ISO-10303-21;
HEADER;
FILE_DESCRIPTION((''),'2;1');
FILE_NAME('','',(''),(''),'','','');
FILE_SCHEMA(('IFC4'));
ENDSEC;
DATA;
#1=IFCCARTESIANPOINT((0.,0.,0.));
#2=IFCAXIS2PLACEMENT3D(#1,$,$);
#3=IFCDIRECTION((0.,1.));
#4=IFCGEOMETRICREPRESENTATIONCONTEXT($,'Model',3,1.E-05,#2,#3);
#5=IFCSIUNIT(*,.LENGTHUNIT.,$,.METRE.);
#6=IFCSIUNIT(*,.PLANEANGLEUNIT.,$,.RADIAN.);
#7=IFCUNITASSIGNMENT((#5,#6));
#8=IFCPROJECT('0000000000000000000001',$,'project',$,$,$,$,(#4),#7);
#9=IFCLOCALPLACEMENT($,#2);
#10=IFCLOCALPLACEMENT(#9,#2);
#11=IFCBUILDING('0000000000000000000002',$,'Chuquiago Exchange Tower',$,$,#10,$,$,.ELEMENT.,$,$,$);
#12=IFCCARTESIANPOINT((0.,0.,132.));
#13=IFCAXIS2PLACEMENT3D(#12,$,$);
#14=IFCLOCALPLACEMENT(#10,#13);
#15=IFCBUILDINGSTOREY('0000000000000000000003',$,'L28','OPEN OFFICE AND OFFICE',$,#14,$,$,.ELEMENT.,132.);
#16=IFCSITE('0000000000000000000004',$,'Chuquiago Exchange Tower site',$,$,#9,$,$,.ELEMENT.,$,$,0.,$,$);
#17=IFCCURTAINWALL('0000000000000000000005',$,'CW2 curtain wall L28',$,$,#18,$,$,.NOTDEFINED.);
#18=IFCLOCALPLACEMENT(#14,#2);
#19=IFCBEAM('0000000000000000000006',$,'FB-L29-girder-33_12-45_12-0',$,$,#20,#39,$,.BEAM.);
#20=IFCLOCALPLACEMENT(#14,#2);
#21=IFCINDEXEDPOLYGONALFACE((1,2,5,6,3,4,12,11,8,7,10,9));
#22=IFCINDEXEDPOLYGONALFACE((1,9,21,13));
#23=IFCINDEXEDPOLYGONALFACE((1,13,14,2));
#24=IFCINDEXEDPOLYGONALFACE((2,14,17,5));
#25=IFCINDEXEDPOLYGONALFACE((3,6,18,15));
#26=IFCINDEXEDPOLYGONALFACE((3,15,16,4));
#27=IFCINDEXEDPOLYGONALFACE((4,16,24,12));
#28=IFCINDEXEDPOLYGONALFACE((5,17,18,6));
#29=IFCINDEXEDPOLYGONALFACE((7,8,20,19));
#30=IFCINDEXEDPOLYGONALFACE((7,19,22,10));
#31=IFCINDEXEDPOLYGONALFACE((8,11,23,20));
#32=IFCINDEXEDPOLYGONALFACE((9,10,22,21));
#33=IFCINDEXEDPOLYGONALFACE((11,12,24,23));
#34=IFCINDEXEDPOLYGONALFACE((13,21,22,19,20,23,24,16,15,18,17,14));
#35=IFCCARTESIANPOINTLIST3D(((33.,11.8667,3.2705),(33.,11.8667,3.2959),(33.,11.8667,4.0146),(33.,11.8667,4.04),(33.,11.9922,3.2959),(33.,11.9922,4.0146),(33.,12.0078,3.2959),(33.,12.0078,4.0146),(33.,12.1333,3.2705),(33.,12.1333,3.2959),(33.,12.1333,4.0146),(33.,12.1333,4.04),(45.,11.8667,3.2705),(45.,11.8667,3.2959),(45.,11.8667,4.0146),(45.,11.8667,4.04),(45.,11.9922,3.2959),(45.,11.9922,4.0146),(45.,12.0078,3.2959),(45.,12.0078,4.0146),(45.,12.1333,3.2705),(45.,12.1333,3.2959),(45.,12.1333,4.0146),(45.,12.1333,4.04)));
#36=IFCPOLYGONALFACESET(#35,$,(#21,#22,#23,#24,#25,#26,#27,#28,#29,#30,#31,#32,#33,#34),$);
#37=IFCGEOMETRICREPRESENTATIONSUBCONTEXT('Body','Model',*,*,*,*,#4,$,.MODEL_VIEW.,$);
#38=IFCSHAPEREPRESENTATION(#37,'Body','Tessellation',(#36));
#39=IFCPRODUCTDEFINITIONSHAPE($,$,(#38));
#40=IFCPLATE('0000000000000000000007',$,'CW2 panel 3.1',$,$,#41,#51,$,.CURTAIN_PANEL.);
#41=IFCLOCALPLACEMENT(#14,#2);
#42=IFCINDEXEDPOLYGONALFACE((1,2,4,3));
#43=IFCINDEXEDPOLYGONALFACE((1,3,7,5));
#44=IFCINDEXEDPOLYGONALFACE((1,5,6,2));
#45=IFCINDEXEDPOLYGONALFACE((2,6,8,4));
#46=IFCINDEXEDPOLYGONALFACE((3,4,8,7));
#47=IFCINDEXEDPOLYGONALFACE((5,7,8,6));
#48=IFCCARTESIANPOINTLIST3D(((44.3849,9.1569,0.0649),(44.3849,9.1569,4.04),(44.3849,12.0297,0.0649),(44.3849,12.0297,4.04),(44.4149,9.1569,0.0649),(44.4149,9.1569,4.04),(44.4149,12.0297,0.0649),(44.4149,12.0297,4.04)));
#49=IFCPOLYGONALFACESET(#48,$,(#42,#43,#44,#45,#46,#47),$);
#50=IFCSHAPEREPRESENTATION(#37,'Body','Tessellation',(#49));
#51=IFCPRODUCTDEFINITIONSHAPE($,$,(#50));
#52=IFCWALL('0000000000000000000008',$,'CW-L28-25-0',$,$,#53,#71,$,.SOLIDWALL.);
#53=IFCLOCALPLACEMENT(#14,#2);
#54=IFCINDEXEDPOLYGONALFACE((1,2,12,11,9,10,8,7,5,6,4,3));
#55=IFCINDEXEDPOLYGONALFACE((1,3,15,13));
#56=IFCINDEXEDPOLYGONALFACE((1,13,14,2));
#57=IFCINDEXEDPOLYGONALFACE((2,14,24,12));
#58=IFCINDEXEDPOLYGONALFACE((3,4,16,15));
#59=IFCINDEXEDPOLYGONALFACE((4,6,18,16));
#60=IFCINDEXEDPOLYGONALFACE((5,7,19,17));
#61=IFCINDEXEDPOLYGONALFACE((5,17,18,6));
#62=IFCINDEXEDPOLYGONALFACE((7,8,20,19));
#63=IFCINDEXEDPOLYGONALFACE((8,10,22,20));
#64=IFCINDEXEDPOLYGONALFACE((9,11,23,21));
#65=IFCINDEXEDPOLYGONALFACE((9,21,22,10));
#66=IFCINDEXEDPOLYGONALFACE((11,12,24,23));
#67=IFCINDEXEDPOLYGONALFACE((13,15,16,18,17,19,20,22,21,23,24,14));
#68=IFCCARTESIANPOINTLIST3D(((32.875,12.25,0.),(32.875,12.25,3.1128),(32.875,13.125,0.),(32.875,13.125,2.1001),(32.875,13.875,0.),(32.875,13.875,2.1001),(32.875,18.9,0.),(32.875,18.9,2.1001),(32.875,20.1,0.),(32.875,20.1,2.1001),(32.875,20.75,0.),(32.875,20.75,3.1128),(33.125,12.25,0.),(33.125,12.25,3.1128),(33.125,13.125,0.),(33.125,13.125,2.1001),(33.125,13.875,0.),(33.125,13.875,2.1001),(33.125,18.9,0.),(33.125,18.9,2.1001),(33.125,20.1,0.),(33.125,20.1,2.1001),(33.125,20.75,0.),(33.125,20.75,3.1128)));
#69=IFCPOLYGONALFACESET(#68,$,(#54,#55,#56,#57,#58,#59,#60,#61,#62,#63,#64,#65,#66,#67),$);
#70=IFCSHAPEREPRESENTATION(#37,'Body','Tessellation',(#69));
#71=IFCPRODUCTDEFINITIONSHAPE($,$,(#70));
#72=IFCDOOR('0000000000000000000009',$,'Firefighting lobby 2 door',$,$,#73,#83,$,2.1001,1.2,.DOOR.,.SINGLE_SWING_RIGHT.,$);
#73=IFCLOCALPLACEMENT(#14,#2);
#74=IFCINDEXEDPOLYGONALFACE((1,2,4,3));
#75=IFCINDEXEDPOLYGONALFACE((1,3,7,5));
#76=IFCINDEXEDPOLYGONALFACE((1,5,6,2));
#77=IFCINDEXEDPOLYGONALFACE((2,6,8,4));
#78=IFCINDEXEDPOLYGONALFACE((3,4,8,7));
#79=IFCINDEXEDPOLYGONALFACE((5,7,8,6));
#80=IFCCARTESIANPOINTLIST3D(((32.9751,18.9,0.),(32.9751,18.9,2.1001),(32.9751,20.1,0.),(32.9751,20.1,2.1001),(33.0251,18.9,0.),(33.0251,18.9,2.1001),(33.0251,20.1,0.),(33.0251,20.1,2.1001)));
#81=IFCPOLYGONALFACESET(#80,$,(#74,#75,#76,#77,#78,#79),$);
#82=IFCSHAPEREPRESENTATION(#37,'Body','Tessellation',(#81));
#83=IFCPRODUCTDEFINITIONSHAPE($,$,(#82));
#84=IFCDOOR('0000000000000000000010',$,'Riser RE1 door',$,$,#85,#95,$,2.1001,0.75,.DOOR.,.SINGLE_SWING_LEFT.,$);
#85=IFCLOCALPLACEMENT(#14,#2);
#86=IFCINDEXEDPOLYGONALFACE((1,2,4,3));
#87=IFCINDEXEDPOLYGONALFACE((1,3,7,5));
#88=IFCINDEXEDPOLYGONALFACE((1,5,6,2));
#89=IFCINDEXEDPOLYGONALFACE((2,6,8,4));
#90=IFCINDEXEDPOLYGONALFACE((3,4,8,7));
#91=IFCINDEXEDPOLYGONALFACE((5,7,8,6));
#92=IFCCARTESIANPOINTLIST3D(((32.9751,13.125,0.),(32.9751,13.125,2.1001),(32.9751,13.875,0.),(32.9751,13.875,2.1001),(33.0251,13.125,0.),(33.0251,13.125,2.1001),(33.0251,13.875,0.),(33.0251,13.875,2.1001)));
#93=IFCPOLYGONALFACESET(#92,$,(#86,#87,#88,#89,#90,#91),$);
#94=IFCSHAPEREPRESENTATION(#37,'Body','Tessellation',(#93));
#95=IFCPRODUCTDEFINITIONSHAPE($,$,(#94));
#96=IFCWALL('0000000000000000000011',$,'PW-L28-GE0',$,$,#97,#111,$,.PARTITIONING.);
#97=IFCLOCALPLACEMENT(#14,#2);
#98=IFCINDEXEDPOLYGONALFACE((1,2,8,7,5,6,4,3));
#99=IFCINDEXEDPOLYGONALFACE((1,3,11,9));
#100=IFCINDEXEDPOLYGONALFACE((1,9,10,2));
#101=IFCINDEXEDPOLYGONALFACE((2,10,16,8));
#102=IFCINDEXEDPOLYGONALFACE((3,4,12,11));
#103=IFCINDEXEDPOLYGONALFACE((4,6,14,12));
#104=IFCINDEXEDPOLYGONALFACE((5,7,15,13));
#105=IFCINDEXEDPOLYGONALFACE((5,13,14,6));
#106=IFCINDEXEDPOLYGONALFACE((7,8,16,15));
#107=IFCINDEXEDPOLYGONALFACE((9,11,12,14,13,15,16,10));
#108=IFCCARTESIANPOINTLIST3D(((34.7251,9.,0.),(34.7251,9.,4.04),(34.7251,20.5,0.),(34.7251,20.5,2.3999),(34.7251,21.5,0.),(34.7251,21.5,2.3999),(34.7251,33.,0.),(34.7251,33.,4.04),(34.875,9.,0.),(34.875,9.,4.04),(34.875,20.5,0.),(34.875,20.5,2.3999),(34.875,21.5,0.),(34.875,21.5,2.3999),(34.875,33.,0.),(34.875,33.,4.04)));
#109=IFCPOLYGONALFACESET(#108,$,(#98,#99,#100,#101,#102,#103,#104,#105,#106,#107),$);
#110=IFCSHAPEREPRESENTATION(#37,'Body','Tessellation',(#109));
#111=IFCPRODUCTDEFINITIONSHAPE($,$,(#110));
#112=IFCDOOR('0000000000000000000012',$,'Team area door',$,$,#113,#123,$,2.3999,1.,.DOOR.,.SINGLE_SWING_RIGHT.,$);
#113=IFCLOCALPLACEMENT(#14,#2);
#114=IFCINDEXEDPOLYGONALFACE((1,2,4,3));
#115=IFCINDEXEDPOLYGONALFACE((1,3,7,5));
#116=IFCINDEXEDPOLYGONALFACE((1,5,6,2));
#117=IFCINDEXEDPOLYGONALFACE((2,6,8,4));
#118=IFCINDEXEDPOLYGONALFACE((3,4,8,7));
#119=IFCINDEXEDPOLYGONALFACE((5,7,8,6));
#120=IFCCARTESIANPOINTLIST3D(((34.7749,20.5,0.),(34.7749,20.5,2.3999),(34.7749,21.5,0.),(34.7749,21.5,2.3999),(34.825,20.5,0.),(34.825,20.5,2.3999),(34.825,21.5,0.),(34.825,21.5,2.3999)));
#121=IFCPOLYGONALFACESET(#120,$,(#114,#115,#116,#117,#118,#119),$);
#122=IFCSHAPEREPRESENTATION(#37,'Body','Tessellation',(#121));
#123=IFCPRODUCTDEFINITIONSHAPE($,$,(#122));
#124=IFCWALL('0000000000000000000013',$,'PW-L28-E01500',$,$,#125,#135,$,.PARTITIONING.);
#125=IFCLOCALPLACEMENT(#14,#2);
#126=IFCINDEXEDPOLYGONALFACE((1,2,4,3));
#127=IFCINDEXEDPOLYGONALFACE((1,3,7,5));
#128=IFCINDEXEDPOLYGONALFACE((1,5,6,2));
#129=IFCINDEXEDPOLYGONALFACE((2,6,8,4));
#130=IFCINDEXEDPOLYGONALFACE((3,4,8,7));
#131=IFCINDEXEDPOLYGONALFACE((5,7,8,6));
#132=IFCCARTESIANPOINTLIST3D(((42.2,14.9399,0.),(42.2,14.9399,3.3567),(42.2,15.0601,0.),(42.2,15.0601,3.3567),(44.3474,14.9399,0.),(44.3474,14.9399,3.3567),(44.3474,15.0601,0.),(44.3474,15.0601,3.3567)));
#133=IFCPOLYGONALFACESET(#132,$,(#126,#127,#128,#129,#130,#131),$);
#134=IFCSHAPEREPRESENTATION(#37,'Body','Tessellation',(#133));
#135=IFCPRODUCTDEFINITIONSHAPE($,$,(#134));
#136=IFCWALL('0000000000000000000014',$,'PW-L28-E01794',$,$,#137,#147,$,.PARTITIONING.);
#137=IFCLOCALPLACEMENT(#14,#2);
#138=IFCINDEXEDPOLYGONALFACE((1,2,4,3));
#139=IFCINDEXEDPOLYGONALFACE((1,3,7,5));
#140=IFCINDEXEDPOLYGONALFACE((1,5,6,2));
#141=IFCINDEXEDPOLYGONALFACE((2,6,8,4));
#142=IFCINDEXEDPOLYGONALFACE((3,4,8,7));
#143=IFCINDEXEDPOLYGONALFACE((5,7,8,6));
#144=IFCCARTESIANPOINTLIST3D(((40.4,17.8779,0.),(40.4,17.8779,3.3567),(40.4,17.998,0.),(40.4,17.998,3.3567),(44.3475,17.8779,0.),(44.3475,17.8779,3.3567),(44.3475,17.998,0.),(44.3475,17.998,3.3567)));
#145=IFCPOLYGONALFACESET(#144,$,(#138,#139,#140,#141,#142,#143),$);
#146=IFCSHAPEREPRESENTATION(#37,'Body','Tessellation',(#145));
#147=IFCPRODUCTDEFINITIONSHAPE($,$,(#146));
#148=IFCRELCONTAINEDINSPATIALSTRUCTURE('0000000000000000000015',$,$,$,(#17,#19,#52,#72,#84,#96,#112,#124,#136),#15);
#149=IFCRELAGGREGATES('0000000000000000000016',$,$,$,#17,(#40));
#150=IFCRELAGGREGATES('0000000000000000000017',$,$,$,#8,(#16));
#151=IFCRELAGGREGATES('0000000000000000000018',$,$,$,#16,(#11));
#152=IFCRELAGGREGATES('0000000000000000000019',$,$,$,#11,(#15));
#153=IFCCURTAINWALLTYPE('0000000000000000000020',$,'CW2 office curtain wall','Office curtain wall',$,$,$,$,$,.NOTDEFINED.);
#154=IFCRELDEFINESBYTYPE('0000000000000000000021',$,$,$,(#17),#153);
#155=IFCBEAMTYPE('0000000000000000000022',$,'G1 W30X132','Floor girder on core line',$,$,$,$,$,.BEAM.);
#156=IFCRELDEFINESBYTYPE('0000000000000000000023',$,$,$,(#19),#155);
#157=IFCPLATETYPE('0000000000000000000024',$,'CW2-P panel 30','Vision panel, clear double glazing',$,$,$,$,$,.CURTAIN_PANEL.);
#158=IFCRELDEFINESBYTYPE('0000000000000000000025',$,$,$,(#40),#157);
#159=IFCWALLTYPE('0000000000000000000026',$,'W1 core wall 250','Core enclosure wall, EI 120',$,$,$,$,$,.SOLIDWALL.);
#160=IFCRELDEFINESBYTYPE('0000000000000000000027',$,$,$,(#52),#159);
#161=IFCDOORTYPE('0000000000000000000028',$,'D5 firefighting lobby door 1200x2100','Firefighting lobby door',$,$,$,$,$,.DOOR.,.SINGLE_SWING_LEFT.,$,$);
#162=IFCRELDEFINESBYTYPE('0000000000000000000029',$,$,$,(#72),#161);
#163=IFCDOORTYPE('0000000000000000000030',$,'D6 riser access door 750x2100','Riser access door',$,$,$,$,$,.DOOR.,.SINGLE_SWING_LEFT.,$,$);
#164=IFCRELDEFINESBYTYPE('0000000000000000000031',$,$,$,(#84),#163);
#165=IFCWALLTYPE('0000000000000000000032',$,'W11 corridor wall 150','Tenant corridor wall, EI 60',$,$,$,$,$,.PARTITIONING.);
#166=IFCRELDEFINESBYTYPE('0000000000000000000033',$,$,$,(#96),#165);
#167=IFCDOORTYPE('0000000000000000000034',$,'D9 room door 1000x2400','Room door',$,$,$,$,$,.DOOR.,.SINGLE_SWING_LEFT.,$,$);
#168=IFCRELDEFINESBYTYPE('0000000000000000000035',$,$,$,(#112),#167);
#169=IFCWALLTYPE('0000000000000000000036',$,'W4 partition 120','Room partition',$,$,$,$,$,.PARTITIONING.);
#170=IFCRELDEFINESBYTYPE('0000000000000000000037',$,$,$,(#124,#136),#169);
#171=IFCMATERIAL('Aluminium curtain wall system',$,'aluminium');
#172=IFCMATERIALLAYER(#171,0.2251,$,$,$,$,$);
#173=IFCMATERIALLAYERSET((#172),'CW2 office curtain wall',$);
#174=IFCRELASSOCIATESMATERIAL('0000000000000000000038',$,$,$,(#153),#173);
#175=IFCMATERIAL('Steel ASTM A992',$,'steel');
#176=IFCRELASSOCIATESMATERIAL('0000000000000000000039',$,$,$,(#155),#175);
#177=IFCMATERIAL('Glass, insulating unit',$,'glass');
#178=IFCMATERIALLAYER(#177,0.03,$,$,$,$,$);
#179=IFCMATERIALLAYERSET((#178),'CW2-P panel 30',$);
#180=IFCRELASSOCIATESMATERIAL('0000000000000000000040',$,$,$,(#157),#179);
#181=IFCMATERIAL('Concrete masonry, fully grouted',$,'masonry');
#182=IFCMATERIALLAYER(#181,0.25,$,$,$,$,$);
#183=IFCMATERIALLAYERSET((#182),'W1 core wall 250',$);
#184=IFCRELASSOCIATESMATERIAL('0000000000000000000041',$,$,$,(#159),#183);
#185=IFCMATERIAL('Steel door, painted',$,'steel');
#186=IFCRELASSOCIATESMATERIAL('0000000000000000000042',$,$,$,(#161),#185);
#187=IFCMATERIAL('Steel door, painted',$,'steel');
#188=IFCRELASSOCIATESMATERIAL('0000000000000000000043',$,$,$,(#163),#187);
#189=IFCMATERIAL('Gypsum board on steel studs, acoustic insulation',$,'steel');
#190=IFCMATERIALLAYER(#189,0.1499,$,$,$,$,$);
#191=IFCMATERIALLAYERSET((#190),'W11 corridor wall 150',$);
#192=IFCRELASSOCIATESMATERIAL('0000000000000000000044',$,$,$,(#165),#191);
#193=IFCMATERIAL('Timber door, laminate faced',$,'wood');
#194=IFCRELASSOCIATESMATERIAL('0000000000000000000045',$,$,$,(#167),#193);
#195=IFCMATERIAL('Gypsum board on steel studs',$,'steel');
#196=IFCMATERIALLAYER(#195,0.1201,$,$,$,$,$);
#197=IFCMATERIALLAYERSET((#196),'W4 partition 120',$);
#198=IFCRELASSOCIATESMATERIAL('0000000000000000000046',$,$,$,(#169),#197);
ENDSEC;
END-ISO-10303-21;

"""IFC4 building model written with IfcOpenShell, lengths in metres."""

from ifc_helpers import new_model, si_unit, direction, frame, frame_2d, origin, origin_2d, place, context, subcontext, project, spatial, rectangle, i_section, extrude, material, layer, layer_set, material_profile, profile_set, type_object, element, fill, aggregate, save


model = new_model("IFC4")

# Units and contexts
model_context = context("Model", 3, precision=1e-05, world=origin(), true_north=direction((0.0, 1.0)))
body_context = subcontext(model_context, "Body", "Model", "MODEL_VIEW")
ifc_project = project(units=[si_unit("LENGTHUNIT", "METRE"), si_unit("PLANEANGLEUNIT", "RADIAN")], contexts=[model_context])

# Site, building, storey
site_placement = place(None, origin())
site = spatial("IfcSite", under=ifc_project, at=site_placement, Name="Chuquiago Exchange Tower site", CompositionType="ELEMENT", RefElevation=0.0)
building_placement = place(site_placement, origin())
building = spatial("IfcBuilding", under=site, at=building_placement, Name="Chuquiago Exchange Tower", CompositionType="ELEMENT")
storey_placement = place(building_placement, frame((0.0, 0.0, 132.0)))
storey = spatial("IfcBuildingStorey", under=building, at=storey_placement, Name="L28", Description="OPEN OFFICE AND OFFICE", CompositionType="ELEMENT", Elevation=132.0)

# Curtain wall
ifc_material_1 = material(Name="Aluminium curtain wall system", Category="aluminium")
ifc_layer_1 = layer(ifc_material_1, 0.2251)
ifc_layer_set_1 = layer_set([ifc_layer_1], Name="CW2 office curtain wall")
curtain_wall_type = type_object("IfcCurtainWallType", Name="CW2 office curtain wall", Description="Office curtain wall", PredefinedType="NOTDEFINED", material=ifc_layer_set_1)
curtain_wall_placement = place(storey_placement, origin())
curtain_wall = element("IfcCurtainWall", 1, at=curtain_wall_placement, inside=storey, type_object=curtain_wall_type, Name="CW2 curtain wall L28", PredefinedType="NOTDEFINED")

# Beam
ifc_material_2 = material(Name="Steel ASTM A992", Category="steel")
ifc_material_profile_1 = material_profile(ifc_material_2, i_section(OverallWidth=0.2666, OverallDepth=0.7695, WebThickness=0.0156, FlangeThickness=0.0254, at=origin_2d()), Name="W30X132")
ifc_profile_set_1 = profile_set([ifc_material_profile_1], Name="Steel ASTM A992")
beam_type_1 = type_object("IfcBeamType", Name="G1 W30X132", Description="Floor girder on core line", PredefinedType="BEAM", material=ifc_profile_set_1)
for number, where, z_axis, x_axis, name in (
    (2, (33.0, 12.0, 3.6553), (1.0, 0.0, 0.0), (0.0, 1.0, 0.0), "FB-L29-girder-33_12-45_12-0"),
):
    element("IfcBeam", number, at=place(storey_placement, frame(where, z_axis=z_axis, x_axis=x_axis)), inside=storey, type_object=beam_type_1, Name=name, PredefinedType="BEAM", context=body_context, shape_type="SweptSolid", body=[
        extrude(i_section(OverallWidth=0.2666, OverallDepth=0.7695, WebThickness=0.0156, FlangeThickness=0.0254, at=origin_2d()), origin(), (0.0, 0.0, 1.0), 12.0),
    ])

# Plate
ifc_material_3 = material(Name="Glass, insulating unit", Category="glass")
ifc_layer_2 = layer(ifc_material_3, 0.03)
ifc_layer_set_2 = layer_set([ifc_layer_2], Name="CW2-P panel 30")
plate_type = type_object("IfcPlateType", Name="CW2-P panel 30", Description="Vision panel, clear double glazing", PredefinedType="CURTAIN_PANEL", material=ifc_layer_set_2)
plate_placement = place(storey_placement, frame((44.3999, 10.5933, 0.0649), z_axis=(0.0, 0.0, 1.0), x_axis=(0.0, 1.0, 0.0)))
plate = element("IfcPlate", 3, at=plate_placement, type_object=plate_type, Name="CW2 panel 3.1", PredefinedType="CURTAIN_PANEL", context=body_context, shape_type="SweptSolid", body=[
    extrude(rectangle(XDim=2.8728, YDim=0.03, at=origin_2d()), origin(), (0.0, 0.0, 1.0), 3.9751),
])
aggregate(curtain_wall, [plate])

# Wall, openings, doors
ifc_material_4 = material(Name="Concrete masonry, fully grouted", Category="masonry")
ifc_layer_3 = layer(ifc_material_4, 0.25)
ifc_layer_set_3 = layer_set([ifc_layer_3], Name="W1 core wall 250")
wall_type_1 = type_object("IfcWallType", Name="W1 core wall 250", Description="Core enclosure wall, EI 120", PredefinedType="SOLIDWALL", material=ifc_layer_set_3)
wall_1_placement = place(storey_placement, frame((33.0, 12.25, 0.0), z_axis=(0.0, 0.0, 1.0), x_axis=(0.0, 1.0, 0.0)))
wall_1 = element("IfcWall", 4, at=wall_1_placement, inside=storey, type_object=wall_type_1, Name="CW-L28-25-0", PredefinedType="SOLIDWALL", context=body_context, shape_type="SweptSolid", body=[
    extrude(rectangle(XDim=8.5, YDim=0.25, at=frame_2d((4.25, 0.0))), origin(), (0.0, 0.0, 1.0), 3.1128),
])
opening_1_placement = place(wall_1_placement, frame((6.6499, 0.0, 0.0)))
opening_1 = element("IfcOpeningElement", 5, at=opening_1_placement, cuts=wall_1, PredefinedType="OPENING", context=body_context, shape_type="SweptSolid", body=[
    extrude(rectangle(XDim=1.2, YDim=2.1001, at=frame_2d((0.6001, 1.05))), frame((0.0, 0.135, 0.0), z_axis=(0.0, -1.0, 0.0), x_axis=(1.0, 0.0, 0.0)), (0.0, 0.0, 1.0), 0.27),
])
opening_2_placement = place(wall_1_placement, frame((0.875, 0.0, 0.0)))
opening_2 = element("IfcOpeningElement", 6, at=opening_2_placement, cuts=wall_1, PredefinedType="OPENING", context=body_context, shape_type="SweptSolid", body=[
    extrude(rectangle(XDim=0.75, YDim=2.1001, at=frame_2d((0.375, 1.05))), frame((0.0, 0.135, 0.0), z_axis=(0.0, -1.0, 0.0), x_axis=(1.0, 0.0, 0.0)), (0.0, 0.0, 1.0), 0.27),
])
ifc_material_5 = material(Name="Steel door, painted", Category="steel")
door_type_1 = type_object("IfcDoorType", Name="D5 firefighting lobby door 1200x2100", Description="Firefighting lobby door", OperationType="SINGLE_SWING_LEFT", PredefinedType="DOOR", material=ifc_material_5)
door_1_placement = place(opening_1_placement, origin())
door_1 = element("IfcDoor", 7, at=door_1_placement, inside=storey, type_object=door_type_1, Name="Firefighting lobby 2 door", OperationType="SINGLE_SWING_RIGHT", OverallHeight=2.1001, OverallWidth=1.2, PredefinedType="DOOR", context=body_context, shape_type="SweptSolid", body=[
    extrude(rectangle(XDim=1.2, YDim=2.1001, at=frame_2d((0.6001, 1.05))), frame((0.0, 0.0249, 0.0), z_axis=(0.0, -1.0, 0.0), x_axis=(1.0, 0.0, 0.0)), (0.0, 0.0, 1.0), 0.05),
])
fill(opening_1, door_1)
ifc_material_6 = material(Name="Steel door, painted", Category="steel")
door_type_2 = type_object("IfcDoorType", Name="D6 riser access door 750x2100", Description="Riser access door", OperationType="SINGLE_SWING_LEFT", PredefinedType="DOOR", material=ifc_material_6)
door_2_placement = place(opening_2_placement, origin())
door_2 = element("IfcDoor", 8, at=door_2_placement, inside=storey, type_object=door_type_2, Name="Riser RE1 door", OperationType="SINGLE_SWING_LEFT", OverallHeight=2.1001, OverallWidth=0.75, PredefinedType="DOOR", context=body_context, shape_type="SweptSolid", body=[
    extrude(rectangle(XDim=0.75, YDim=2.1001, at=frame_2d((0.375, 1.05))), frame((0.0, 0.0249, 0.0), z_axis=(0.0, -1.0, 0.0), x_axis=(1.0, 0.0, 0.0)), (0.0, 0.0, 1.0), 0.05),
])
fill(opening_2, door_2)

# Wall, opening, door
ifc_material_7 = material(Name="Gypsum board on steel studs, acoustic insulation", Category="steel")
ifc_layer_4 = layer(ifc_material_7, 0.1499)
ifc_layer_set_4 = layer_set([ifc_layer_4], Name="W11 corridor wall 150")
wall_type_2 = type_object("IfcWallType", Name="W11 corridor wall 150", Description="Tenant corridor wall, EI 60", PredefinedType="PARTITIONING", material=ifc_layer_set_4)
wall_2_placement = place(storey_placement, frame((34.8, 9.0, 0.0), z_axis=(0.0, 0.0, 1.0), x_axis=(0.0, 1.0, 0.0)))
wall_2 = element("IfcWall", 9, at=wall_2_placement, inside=storey, type_object=wall_type_2, Name="PW-L28-GE0", PredefinedType="PARTITIONING", context=body_context, shape_type="SweptSolid", body=[
    extrude(rectangle(XDim=24.0, YDim=0.1499, at=frame_2d((12.0, 0.0))), origin(), (0.0, 0.0, 1.0), 4.04),
])
opening_3_placement = place(wall_2_placement, frame((11.5, 0.0, 0.0)))
opening_3 = element("IfcOpeningElement", 10, at=opening_3_placement, cuts=wall_2, PredefinedType="OPENING", context=body_context, shape_type="SweptSolid", body=[
    extrude(rectangle(XDim=1.0, YDim=2.3999, at=frame_2d((0.5, 1.2))), frame((0.0, 0.085, 0.0), z_axis=(0.0, -1.0, 0.0), x_axis=(1.0, 0.0, 0.0)), (0.0, 0.0, 1.0), 0.1699),
])
ifc_material_8 = material(Name="Timber door, laminate faced", Category="wood")
door_type_3 = type_object("IfcDoorType", Name="D9 room door 1000x2400", Description="Room door", OperationType="SINGLE_SWING_LEFT", PredefinedType="DOOR", material=ifc_material_8)
door_3_placement = place(opening_3_placement, frame((1.0, 0.0, 0.0), z_axis=(0.0, 0.0, 1.0), x_axis=(-1.0, 0.0, 0.0)))
door_3 = element("IfcDoor", 11, at=door_3_placement, inside=storey, type_object=door_type_3, Name="Team area door", OperationType="SINGLE_SWING_RIGHT", OverallHeight=2.3999, OverallWidth=1.0, PredefinedType="DOOR", context=body_context, shape_type="SweptSolid", body=[
    extrude(rectangle(XDim=1.0, YDim=2.3999, at=frame_2d((0.5, 1.2))), frame((0.0, 0.0249, 0.0), z_axis=(0.0, -1.0, 0.0), x_axis=(1.0, 0.0, 0.0)), (0.0, 0.0, 1.0), 0.05),
])
fill(opening_3, door_3)

# Walls
ifc_material_9 = material(Name="Gypsum board on steel studs", Category="steel")
ifc_layer_5 = layer(ifc_material_9, 0.1201)
ifc_layer_set_5 = layer_set([ifc_layer_5], Name="W4 partition 120")
wall_type_3 = type_object("IfcWallType", Name="W4 partition 120", Description="Room partition", PredefinedType="PARTITIONING", material=ifc_layer_set_5)
wall_3_placement = place(storey_placement, frame((44.3474, 15.0, 0.0), z_axis=(0.0, 0.0, 1.0), x_axis=(-1.0, 0.0, 0.0)))
element("IfcWall", 12, at=wall_3_placement, inside=storey, type_object=wall_type_3, Name="PW-L28-E01500", PredefinedType="PARTITIONING", context=body_context, shape_type="SweptSolid", body=[
    extrude(rectangle(XDim=2.1475, YDim=0.1201, at=frame_2d((1.0737, 0.0))), origin(), (0.0, 0.0, 1.0), 3.3567),
])
wall_4_placement = place(storey_placement, frame((44.3474, 17.938, 0.0), z_axis=(0.0, 0.0, 1.0), x_axis=(-1.0, 0.0, 0.0)))
element("IfcWall", 13, at=wall_4_placement, inside=storey, type_object=wall_type_3, Name="PW-L28-E01794", PredefinedType="PARTITIONING", context=body_context, shape_type="SweptSolid", body=[
    extrude(rectangle(XDim=3.9475, YDim=0.1201, at=frame_2d((1.9736, 0.0))), origin(), (0.0, 0.0, 1.0), 3.3567),
])

save(model, "model.ifc")
